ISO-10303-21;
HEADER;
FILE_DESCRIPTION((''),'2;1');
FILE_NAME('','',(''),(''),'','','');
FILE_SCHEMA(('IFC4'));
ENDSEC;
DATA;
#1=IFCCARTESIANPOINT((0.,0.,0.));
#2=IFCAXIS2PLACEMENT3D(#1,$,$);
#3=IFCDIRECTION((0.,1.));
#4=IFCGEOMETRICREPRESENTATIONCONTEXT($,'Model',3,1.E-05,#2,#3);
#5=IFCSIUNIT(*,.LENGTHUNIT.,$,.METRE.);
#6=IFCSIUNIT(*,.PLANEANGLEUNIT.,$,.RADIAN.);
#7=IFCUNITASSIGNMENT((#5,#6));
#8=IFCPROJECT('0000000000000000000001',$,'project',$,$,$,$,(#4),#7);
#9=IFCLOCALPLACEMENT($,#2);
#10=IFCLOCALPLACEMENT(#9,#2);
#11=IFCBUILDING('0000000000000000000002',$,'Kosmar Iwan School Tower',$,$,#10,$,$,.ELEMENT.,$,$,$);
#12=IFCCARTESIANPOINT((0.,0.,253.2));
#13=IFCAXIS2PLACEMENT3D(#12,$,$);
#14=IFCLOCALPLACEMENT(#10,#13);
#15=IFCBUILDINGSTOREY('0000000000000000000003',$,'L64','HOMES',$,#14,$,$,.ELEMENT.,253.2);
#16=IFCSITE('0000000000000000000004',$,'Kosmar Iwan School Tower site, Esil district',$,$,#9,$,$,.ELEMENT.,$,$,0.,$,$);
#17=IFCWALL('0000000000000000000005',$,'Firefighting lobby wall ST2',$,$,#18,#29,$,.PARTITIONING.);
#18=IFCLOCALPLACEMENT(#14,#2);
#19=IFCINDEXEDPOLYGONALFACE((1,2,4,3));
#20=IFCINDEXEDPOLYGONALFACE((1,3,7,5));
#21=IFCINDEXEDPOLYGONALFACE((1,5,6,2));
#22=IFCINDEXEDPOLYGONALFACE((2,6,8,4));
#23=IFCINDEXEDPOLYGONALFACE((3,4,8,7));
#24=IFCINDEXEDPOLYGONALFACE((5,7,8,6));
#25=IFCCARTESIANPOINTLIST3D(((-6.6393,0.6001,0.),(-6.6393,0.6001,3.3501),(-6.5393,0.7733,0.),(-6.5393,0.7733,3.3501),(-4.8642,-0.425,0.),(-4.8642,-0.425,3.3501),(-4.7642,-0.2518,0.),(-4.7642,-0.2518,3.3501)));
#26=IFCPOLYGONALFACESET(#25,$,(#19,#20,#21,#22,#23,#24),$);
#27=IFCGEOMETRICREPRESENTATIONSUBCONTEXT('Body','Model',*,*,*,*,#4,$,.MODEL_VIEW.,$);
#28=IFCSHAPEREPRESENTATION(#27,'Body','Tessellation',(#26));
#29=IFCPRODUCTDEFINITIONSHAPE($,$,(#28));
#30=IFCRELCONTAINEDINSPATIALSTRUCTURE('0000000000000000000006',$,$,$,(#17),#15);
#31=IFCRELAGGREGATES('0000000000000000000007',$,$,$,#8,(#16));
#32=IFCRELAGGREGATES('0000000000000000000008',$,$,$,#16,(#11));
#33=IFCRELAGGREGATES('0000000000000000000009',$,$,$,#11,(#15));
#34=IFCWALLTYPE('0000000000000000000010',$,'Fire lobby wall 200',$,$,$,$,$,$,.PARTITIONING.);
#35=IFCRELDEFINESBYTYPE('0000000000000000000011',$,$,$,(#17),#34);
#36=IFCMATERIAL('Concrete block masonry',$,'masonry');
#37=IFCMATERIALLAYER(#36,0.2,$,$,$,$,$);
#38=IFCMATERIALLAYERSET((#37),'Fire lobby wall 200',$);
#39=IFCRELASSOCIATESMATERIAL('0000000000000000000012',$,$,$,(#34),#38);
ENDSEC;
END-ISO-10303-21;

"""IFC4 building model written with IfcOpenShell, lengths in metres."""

from ifc_helpers import new_model, si_unit, direction, frame, frame_2d, origin, place, context, subcontext, project, spatial, rectangle, extrude, material, layer, layer_set, type_object, element, save


model = new_model("IFC4")

# Units and contexts
model_context = context("Model", 3, precision=1e-05, world=origin(), true_north=direction((0.0, 1.0)))
body_context = subcontext(model_context, "Body", "Model", "MODEL_VIEW")
ifc_project = project(units=[si_unit("LENGTHUNIT", "METRE"), si_unit("PLANEANGLEUNIT", "RADIAN")], contexts=[model_context])

# Site, building, storey
site_placement = place(None, origin())
site = spatial("IfcSite", under=ifc_project, at=site_placement, Name="Kosmar Iwan School Tower site, Esil district", CompositionType="ELEMENT", RefElevation=0.0)
building_placement = place(site_placement, origin())
building = spatial("IfcBuilding", under=site, at=building_placement, Name="Kosmar Iwan School Tower", CompositionType="ELEMENT")
storey_placement = place(building_placement, frame((0.0, 0.0, 253.2)))
storey = spatial("IfcBuildingStorey", under=building, at=storey_placement, Name="L64", Description="HOMES", CompositionType="ELEMENT", Elevation=253.2)

# Wall
ifc_material_1 = material(Name="Concrete block masonry", Category="masonry")
ifc_layer_1 = layer(ifc_material_1, 0.2)
ifc_layer_set_1 = layer_set([ifc_layer_1], Name="Fire lobby wall 200")
wall_type_1 = type_object("IfcWallType", Name="Fire lobby wall 200", PredefinedType="PARTITIONING", material=ifc_layer_set_1)
wall_1_placement = place(storey_placement, frame((-4.8142, -0.3384, 0.0), z_axis=(0.0, 0.0, 1.0), x_axis=(-0.865969, 0.500097, 0.0)))
element("IfcWall", 1, at=wall_1_placement, inside=storey, type_object=wall_type_1, Name="Firefighting lobby wall ST2", PredefinedType="PARTITIONING", context=body_context, shape_type="SweptSolid", body=[
    extrude(rectangle(XDim=2.0498, YDim=0.2, at=frame_2d((1.0249, 0.0))), origin(), (0.0, 0.0, 1.0), 3.3501),
])

save(model, "model.ifc")
